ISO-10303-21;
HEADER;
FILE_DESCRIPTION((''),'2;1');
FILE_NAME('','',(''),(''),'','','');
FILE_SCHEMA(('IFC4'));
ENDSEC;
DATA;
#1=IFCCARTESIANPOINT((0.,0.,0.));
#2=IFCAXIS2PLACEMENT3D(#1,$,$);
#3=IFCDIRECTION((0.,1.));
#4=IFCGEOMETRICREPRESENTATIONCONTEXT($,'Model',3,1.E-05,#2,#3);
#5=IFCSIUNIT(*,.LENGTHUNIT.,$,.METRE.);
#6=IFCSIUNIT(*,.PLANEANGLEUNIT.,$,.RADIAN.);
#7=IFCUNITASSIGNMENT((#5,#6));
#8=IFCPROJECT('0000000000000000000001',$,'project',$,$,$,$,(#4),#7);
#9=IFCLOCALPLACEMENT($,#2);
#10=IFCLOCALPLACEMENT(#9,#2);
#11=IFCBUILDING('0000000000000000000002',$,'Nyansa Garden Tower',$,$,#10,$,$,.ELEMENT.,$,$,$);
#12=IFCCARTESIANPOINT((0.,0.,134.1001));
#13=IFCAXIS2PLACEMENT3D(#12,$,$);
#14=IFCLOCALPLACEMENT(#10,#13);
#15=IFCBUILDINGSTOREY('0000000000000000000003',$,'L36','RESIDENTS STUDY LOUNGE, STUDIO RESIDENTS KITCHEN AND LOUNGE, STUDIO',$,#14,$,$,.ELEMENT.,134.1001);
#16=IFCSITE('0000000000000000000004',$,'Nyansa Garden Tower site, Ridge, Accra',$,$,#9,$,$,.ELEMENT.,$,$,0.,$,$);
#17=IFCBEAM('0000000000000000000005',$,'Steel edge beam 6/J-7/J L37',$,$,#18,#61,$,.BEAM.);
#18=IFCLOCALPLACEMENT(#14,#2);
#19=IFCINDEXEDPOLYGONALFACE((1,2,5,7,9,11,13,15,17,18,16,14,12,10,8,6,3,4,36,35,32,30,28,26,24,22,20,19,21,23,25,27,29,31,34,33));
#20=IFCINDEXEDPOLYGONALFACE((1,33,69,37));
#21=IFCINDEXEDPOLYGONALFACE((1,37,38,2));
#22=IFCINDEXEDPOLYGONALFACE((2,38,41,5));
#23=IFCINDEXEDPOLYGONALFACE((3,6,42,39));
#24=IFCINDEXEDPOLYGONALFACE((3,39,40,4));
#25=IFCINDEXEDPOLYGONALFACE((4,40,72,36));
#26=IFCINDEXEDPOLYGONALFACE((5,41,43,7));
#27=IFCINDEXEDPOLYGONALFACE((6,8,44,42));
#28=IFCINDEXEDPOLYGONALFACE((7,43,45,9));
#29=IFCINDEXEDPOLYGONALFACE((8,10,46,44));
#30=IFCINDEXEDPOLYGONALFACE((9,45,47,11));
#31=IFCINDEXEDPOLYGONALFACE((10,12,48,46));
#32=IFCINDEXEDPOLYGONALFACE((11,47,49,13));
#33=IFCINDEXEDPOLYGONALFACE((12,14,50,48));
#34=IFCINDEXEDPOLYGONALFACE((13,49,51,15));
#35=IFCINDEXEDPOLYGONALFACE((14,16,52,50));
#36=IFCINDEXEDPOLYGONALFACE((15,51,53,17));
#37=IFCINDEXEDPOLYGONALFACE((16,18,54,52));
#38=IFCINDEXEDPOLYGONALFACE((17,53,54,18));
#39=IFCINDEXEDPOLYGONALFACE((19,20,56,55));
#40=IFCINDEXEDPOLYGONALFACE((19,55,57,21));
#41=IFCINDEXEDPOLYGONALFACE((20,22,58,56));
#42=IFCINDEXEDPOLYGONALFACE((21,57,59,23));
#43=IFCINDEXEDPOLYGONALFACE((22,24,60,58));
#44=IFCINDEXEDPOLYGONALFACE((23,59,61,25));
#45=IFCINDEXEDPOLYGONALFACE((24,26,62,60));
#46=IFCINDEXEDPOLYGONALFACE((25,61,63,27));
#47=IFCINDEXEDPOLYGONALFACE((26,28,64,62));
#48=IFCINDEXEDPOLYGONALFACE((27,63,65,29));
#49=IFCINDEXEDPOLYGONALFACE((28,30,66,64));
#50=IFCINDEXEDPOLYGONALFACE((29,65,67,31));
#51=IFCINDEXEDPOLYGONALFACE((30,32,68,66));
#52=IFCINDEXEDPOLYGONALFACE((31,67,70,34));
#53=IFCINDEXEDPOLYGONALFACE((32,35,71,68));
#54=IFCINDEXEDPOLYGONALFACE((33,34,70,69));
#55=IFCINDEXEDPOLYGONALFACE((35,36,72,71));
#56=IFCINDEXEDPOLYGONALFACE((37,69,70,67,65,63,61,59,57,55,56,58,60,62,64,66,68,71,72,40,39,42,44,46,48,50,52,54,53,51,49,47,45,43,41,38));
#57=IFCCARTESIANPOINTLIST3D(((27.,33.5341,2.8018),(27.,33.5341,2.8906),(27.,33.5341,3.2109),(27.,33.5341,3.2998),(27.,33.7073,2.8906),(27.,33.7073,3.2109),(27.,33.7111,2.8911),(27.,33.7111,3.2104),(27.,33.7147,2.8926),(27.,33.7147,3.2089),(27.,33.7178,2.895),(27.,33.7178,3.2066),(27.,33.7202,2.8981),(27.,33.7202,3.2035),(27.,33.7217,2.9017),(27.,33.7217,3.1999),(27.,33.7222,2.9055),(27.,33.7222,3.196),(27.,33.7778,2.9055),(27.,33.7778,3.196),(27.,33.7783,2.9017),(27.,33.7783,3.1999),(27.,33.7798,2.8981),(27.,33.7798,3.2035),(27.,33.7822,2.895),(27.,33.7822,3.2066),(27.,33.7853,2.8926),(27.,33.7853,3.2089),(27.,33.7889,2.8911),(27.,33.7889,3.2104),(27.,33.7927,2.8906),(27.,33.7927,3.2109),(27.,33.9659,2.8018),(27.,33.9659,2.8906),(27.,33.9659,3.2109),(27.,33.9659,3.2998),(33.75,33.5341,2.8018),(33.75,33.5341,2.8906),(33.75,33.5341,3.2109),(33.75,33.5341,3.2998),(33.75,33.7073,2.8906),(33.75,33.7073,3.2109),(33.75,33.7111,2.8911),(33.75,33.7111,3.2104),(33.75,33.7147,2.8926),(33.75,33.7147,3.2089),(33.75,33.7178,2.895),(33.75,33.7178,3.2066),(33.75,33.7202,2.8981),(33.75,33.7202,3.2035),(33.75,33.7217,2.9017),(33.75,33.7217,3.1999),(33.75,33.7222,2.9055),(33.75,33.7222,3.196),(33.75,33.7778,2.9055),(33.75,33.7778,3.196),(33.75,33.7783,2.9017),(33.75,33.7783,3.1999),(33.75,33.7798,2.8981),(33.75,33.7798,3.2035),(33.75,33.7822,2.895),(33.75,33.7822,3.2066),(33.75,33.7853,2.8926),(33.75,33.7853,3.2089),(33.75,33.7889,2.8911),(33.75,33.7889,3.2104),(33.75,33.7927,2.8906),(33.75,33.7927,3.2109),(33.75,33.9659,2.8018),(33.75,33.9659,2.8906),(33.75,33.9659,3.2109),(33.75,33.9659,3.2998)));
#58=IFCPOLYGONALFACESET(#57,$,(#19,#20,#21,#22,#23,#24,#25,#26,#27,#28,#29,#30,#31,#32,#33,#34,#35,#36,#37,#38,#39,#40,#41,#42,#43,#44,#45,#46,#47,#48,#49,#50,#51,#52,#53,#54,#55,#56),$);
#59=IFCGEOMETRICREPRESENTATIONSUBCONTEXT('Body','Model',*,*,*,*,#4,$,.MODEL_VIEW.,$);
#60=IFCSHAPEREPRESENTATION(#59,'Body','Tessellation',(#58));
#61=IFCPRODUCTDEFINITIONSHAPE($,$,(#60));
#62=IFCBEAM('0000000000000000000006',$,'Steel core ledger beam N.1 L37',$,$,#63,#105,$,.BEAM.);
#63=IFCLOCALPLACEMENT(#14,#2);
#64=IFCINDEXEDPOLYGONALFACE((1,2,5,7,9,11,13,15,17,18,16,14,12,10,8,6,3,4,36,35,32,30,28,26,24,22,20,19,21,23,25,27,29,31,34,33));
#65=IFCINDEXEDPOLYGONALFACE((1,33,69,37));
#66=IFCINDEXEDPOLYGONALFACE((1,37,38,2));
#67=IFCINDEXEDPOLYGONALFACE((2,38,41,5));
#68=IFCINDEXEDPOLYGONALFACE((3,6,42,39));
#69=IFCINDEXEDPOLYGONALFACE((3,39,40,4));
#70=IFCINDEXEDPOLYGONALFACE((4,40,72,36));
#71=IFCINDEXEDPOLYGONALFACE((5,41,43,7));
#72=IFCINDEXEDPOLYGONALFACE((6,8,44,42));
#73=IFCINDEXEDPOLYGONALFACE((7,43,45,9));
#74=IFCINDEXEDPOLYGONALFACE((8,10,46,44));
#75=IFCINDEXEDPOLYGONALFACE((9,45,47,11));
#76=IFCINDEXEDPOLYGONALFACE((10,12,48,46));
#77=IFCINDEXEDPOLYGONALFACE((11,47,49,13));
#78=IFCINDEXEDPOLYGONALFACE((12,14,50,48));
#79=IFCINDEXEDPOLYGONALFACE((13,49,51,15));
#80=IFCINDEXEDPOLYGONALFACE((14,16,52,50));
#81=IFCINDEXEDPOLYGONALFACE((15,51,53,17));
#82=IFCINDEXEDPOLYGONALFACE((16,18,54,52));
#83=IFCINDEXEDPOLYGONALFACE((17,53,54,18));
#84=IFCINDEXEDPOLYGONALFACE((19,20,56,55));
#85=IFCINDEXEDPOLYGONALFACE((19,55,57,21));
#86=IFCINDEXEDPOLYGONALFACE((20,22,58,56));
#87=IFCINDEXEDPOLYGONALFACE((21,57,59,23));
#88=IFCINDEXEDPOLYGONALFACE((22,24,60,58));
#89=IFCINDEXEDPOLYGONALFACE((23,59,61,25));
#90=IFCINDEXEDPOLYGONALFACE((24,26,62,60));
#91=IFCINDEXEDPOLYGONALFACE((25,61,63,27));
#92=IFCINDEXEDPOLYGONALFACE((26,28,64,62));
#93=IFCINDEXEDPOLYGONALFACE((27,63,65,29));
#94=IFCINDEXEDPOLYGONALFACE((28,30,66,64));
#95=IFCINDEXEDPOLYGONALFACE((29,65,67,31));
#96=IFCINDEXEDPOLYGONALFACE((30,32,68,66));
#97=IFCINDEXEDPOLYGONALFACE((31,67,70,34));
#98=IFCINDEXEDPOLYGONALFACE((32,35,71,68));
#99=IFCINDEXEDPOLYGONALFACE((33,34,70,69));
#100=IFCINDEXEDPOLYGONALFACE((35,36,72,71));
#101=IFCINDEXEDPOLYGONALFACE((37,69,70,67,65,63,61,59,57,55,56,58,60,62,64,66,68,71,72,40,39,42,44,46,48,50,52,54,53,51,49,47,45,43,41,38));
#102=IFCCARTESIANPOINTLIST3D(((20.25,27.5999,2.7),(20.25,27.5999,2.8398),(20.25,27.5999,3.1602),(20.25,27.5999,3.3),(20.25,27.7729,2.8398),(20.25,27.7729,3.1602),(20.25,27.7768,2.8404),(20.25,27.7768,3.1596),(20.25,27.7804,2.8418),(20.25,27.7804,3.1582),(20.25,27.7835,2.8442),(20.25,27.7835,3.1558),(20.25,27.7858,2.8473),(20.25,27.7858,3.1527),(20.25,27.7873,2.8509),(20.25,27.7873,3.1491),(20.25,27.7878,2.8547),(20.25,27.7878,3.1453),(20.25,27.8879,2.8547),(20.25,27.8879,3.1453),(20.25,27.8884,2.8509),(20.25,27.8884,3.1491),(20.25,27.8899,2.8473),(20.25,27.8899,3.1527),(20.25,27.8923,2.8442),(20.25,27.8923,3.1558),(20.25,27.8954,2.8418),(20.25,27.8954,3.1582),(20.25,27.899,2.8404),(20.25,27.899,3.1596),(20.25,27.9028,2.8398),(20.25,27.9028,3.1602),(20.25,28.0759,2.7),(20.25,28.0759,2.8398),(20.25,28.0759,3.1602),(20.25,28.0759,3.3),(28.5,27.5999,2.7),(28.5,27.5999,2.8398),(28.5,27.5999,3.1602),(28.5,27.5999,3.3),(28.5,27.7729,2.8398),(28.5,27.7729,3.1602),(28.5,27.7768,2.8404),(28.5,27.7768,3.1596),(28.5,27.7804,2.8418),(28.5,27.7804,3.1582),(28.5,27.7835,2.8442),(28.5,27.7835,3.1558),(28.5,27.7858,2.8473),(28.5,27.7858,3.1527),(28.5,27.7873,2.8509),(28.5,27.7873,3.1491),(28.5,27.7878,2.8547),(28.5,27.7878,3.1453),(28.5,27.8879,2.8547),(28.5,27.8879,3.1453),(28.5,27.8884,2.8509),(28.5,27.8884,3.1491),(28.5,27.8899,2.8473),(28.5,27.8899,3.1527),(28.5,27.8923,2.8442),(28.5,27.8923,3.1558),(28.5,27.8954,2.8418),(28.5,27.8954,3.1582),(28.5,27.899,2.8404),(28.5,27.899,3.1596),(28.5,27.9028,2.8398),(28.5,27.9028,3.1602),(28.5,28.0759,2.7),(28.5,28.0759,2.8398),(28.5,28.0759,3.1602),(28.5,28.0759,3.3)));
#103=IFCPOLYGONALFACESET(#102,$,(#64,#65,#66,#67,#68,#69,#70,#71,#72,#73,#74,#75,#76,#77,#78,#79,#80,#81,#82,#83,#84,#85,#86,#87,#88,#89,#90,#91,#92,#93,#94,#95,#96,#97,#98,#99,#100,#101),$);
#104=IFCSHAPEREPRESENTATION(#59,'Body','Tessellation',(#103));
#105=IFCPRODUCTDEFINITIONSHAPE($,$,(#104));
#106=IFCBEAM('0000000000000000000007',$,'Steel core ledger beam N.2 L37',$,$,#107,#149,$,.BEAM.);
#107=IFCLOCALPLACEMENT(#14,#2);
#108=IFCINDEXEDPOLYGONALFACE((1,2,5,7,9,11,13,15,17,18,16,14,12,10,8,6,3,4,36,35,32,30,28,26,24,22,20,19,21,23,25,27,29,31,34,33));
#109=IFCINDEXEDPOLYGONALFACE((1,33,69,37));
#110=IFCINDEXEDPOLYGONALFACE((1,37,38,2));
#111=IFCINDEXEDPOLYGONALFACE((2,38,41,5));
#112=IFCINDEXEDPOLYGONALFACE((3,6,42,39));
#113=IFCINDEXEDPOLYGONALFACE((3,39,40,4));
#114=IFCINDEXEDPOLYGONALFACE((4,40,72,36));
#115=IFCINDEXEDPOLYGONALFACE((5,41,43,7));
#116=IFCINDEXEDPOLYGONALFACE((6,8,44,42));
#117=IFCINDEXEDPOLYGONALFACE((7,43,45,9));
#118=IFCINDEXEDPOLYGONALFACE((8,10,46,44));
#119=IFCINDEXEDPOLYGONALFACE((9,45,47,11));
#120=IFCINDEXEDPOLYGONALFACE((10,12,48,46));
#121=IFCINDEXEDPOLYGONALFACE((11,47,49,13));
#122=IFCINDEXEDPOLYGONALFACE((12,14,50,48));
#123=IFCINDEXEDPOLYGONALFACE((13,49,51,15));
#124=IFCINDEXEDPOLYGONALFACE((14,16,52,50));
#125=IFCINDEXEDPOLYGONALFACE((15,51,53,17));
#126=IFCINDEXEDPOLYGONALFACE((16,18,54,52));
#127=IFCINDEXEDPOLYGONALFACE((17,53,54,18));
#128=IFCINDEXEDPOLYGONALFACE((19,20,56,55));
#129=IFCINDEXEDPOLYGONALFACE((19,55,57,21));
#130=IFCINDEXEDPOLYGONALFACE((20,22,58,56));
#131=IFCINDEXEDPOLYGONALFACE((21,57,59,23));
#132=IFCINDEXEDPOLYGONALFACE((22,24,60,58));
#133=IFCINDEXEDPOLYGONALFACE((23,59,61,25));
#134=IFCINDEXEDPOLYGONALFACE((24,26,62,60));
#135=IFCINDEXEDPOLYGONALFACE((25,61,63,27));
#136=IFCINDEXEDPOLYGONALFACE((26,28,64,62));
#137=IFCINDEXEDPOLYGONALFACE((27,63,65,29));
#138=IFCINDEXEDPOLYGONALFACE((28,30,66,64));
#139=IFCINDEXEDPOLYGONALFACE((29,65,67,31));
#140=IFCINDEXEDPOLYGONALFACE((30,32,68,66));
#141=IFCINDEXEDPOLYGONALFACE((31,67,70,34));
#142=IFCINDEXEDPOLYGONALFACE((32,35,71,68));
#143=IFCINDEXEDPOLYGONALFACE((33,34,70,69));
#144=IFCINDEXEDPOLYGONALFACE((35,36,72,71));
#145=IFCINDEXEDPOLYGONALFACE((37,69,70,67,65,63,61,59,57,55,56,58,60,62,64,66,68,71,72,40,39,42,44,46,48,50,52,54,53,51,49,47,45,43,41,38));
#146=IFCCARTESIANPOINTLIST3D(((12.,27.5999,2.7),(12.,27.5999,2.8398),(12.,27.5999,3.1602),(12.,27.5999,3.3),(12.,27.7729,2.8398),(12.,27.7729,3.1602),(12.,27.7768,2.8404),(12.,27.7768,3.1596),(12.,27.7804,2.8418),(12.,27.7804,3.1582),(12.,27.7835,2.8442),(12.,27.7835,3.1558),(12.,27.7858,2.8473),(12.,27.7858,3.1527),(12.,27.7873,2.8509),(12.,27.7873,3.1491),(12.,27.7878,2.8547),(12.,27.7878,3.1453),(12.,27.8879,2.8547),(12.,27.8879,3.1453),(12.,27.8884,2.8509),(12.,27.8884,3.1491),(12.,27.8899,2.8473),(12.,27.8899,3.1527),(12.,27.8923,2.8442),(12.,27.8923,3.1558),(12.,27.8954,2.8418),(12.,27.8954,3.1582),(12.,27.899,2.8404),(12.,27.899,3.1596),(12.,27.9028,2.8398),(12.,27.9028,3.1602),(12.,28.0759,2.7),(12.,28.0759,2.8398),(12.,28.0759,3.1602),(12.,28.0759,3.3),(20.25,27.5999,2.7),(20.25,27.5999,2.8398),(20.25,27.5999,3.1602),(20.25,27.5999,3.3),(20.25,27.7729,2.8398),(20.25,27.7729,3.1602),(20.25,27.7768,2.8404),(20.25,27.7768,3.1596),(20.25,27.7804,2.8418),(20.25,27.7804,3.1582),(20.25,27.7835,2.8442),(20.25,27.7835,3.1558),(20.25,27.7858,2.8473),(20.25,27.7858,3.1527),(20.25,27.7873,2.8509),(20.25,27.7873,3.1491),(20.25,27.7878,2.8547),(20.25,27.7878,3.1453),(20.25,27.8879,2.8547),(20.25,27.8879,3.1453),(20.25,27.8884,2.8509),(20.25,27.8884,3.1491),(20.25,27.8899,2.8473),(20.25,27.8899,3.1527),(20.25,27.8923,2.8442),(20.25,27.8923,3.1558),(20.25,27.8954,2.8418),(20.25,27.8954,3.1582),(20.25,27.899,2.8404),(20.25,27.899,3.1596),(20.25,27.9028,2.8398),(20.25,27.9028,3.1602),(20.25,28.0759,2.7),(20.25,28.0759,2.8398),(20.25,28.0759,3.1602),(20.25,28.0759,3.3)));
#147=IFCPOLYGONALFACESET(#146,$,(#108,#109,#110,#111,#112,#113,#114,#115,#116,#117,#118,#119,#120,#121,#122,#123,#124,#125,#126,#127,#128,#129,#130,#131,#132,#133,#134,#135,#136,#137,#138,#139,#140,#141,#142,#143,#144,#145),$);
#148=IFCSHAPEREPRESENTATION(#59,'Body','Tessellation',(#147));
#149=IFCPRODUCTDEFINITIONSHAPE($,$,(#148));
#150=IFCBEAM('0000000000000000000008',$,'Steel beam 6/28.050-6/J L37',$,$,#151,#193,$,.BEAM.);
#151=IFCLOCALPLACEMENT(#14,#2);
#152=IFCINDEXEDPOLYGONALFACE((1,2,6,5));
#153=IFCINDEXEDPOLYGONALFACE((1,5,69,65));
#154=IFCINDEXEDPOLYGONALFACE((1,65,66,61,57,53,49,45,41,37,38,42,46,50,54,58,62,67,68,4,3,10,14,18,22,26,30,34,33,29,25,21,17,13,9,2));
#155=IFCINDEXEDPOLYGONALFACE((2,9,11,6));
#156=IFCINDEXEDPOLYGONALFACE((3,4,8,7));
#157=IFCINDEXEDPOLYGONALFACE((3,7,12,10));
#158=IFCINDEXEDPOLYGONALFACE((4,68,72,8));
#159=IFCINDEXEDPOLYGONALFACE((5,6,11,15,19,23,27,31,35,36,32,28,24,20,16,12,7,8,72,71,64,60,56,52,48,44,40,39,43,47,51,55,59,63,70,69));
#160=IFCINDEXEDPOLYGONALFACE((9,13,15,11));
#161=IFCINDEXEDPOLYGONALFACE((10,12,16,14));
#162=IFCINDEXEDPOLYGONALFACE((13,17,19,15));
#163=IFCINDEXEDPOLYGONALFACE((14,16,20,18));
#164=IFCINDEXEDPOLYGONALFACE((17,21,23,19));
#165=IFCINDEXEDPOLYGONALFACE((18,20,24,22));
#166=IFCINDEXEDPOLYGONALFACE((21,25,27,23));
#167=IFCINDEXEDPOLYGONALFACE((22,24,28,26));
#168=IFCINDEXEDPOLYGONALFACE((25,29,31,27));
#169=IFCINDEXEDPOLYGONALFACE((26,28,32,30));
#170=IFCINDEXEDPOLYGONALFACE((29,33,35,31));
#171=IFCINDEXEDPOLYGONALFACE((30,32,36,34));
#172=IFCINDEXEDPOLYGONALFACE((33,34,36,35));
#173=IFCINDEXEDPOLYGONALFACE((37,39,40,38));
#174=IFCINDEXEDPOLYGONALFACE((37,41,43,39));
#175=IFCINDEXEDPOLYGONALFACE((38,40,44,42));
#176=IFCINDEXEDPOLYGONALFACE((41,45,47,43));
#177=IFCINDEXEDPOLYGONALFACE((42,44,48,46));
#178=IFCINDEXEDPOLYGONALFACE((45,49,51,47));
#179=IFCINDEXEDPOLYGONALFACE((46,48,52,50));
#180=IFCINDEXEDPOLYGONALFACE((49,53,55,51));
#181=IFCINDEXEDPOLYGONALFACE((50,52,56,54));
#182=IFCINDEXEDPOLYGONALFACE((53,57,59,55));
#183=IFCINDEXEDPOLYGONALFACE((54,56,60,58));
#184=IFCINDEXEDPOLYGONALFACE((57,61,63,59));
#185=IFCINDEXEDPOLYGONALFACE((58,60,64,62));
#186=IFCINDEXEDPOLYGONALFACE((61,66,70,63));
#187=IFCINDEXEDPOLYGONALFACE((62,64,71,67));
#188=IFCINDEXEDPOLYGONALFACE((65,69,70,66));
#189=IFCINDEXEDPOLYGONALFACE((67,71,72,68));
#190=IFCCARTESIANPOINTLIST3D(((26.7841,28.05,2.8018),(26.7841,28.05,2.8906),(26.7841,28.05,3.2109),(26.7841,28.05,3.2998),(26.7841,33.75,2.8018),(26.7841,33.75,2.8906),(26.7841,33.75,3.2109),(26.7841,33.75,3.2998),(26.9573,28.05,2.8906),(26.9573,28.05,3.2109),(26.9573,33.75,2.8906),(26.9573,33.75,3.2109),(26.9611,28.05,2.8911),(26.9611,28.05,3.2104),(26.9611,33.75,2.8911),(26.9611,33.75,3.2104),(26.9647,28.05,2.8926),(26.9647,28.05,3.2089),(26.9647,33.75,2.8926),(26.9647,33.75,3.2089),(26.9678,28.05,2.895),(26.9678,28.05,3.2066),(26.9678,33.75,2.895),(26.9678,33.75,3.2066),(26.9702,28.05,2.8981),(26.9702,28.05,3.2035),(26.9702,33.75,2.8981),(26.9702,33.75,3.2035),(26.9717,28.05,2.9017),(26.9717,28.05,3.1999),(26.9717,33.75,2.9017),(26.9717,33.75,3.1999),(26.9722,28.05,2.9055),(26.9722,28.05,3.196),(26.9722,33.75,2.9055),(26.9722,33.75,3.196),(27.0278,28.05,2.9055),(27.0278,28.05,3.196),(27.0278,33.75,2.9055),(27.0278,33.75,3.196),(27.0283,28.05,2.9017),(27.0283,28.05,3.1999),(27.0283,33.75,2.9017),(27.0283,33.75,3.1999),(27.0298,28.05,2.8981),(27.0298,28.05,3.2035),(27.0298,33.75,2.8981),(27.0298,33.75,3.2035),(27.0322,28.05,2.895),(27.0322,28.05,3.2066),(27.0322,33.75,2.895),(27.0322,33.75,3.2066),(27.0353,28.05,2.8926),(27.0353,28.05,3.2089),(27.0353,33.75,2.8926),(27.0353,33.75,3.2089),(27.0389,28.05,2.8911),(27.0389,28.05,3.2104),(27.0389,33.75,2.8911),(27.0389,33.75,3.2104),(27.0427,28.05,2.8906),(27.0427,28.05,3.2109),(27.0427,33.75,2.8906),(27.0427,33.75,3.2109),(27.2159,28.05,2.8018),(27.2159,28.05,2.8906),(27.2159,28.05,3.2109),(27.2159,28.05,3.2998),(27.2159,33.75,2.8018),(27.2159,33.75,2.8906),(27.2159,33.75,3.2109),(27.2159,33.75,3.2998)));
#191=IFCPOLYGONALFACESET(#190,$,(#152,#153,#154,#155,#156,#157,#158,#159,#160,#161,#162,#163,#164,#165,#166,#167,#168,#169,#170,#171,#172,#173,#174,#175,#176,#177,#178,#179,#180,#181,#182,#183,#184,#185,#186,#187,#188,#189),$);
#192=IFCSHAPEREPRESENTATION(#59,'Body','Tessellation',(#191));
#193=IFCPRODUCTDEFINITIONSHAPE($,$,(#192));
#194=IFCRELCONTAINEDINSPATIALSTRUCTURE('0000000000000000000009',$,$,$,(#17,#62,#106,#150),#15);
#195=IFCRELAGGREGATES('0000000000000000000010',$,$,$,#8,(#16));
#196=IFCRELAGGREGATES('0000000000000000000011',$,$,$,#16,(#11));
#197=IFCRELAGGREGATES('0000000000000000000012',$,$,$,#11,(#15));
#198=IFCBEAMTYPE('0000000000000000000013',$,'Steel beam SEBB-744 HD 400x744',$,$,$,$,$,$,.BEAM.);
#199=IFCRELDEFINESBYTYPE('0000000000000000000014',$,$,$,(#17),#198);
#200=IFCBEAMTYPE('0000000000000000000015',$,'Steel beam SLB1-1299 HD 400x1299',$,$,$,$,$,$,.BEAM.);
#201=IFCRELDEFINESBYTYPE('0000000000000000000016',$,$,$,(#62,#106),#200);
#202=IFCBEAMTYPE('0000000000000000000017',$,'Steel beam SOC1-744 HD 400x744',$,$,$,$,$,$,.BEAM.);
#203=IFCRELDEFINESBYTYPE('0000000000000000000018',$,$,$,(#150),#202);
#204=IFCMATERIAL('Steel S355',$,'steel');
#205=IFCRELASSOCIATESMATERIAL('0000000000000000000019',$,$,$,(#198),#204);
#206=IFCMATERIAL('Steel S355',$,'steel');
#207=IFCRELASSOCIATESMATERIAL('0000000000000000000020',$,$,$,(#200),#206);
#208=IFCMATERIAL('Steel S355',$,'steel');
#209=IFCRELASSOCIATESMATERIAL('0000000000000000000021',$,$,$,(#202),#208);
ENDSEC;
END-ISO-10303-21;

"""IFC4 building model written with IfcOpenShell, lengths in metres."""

from ifc_helpers import new_model, si_unit, direction, frame, origin, origin_2d, place, context, subcontext, project, spatial, i_section, extrude, material, material_profile, profile_set, type_object, element, save


model = new_model("IFC4")

# Units and contexts
model_context = context("Model", 3, precision=1e-05, world=origin(), true_north=direction((0.0, 1.0)))
body_context = subcontext(model_context, "Body", "Model", "MODEL_VIEW")
ifc_project = project(units=[si_unit("LENGTHUNIT", "METRE"), si_unit("PLANEANGLEUNIT", "RADIAN")], contexts=[model_context])

# Site, building, storey
site_placement = place(None, origin())
site = spatial("IfcSite", under=ifc_project, at=site_placement, Name="Nyansa Garden Tower site, Ridge, Accra", CompositionType="ELEMENT", RefElevation=0.0)
building_placement = place(site_placement, origin())
building = spatial("IfcBuilding", under=site, at=building_placement, Name="Nyansa Garden Tower", CompositionType="ELEMENT")
storey_placement = place(building_placement, frame((0.0, 0.0, 134.1001)))
storey = spatial("IfcBuildingStorey", under=building, at=storey_placement, Name="L36", Description="RESIDENTS STUDY LOUNGE, STUDIO RESIDENTS KITCHEN AND LOUNGE, STUDIO", CompositionType="ELEMENT", Elevation=134.1001)

# Beams
ifc_material_1 = material(Name="Steel S355", Category="steel")
ifc_material_profile_1 = material_profile(ifc_material_1, i_section(OverallWidth=0.4319, OverallDepth=0.498, WebThickness=0.0557, FlangeThickness=0.0889, FilletRadius=0.0149, at=origin_2d()), Name="HD 400x744")
ifc_profile_set_1 = profile_set([ifc_material_profile_1], Name="Steel S355")
beam_type_1 = type_object("IfcBeamType", Name="Steel beam SEBB-744 HD 400x744", PredefinedType="BEAM", material=ifc_profile_set_1)
for number, where, z_axis, x_axis, name in (
    (1, (27.0, 33.75, 3.0508), (1.0, 0.0, 0.0), (0.0, 1.0, 0.0), "Steel edge beam 6/J-7/J L37"),
):
    element("IfcBeam", number, at=place(storey_placement, frame(where, z_axis=z_axis, x_axis=x_axis)), inside=storey, type_object=beam_type_1, Name=name, PredefinedType="BEAM", context=body_context, shape_type="SweptSolid", body=[
        extrude(i_section(OverallWidth=0.4319, OverallDepth=0.498, WebThickness=0.0557, FlangeThickness=0.0889, FilletRadius=0.0149, at=origin_2d()), origin(), (0.0, 0.0, 1.0), 6.75),
    ])
ifc_material_2 = material(Name="Steel S355", Category="steel")
ifc_material_profile_2 = material_profile(ifc_material_2, i_section(OverallWidth=0.4761, OverallDepth=0.6001, WebThickness=0.1001, FlangeThickness=0.1399, FilletRadius=0.0149, at=origin_2d()), Name="HD 400x1299")
ifc_profile_set_2 = profile_set([ifc_material_profile_2], Name="Steel S355")
beam_type_2 = type_object("IfcBeamType", Name="Steel beam SLB1-1299 HD 400x1299", PredefinedType="BEAM", material=ifc_profile_set_2)
for number, where, z_axis, x_axis, name in (
    (2, (28.5, 27.8379, 3.0), (-1.0, 0.0, 0.0), (0.0, -1.0, 0.0), "Steel core ledger beam N.1 L37"),
    (3, (20.25, 27.8379, 3.0), (-1.0, 0.0, 0.0), (0.0, -1.0, 0.0), "Steel core ledger beam N.2 L37"),
):
    element("IfcBeam", number, at=place(storey_placement, frame(where, z_axis=z_axis, x_axis=x_axis)), inside=storey, type_object=beam_type_2, Name=name, PredefinedType="BEAM", context=body_context, shape_type="SweptSolid", body=[
        extrude(i_section(OverallWidth=0.4761, OverallDepth=0.6001, WebThickness=0.1001, FlangeThickness=0.1399, FilletRadius=0.0149, at=origin_2d()), origin(), (0.0, 0.0, 1.0), 8.25),
    ])
ifc_material_3 = material(Name="Steel S355", Category="steel")
ifc_material_profile_3 = material_profile(ifc_material_3, i_section(OverallWidth=0.4319, OverallDepth=0.498, WebThickness=0.0557, FlangeThickness=0.0889, FilletRadius=0.0149, at=origin_2d()), Name="HD 400x744")
ifc_profile_set_3 = profile_set([ifc_material_profile_3], Name="Steel S355")
beam_type_3 = type_object("IfcBeamType", Name="Steel beam SOC1-744 HD 400x744", PredefinedType="BEAM", material=ifc_profile_set_3)
beam_1_placement = place(storey_placement, frame((27.0, 28.05, 3.0508), z_axis=(0.0, 1.0, 0.0), x_axis=(-1.0, 0.0, 0.0)))
element("IfcBeam", 4, at=beam_1_placement, inside=storey, type_object=beam_type_3, Name="Steel beam 6/28.050-6/J L37", PredefinedType="BEAM", context=body_context, shape_type="SweptSolid", body=[
    extrude(i_section(OverallWidth=0.4319, OverallDepth=0.498, WebThickness=0.0557, FlangeThickness=0.0889, FilletRadius=0.0149, at=origin_2d()), origin(), (0.0, 0.0, 1.0), 5.7),
])

save(model, "model.ifc")
